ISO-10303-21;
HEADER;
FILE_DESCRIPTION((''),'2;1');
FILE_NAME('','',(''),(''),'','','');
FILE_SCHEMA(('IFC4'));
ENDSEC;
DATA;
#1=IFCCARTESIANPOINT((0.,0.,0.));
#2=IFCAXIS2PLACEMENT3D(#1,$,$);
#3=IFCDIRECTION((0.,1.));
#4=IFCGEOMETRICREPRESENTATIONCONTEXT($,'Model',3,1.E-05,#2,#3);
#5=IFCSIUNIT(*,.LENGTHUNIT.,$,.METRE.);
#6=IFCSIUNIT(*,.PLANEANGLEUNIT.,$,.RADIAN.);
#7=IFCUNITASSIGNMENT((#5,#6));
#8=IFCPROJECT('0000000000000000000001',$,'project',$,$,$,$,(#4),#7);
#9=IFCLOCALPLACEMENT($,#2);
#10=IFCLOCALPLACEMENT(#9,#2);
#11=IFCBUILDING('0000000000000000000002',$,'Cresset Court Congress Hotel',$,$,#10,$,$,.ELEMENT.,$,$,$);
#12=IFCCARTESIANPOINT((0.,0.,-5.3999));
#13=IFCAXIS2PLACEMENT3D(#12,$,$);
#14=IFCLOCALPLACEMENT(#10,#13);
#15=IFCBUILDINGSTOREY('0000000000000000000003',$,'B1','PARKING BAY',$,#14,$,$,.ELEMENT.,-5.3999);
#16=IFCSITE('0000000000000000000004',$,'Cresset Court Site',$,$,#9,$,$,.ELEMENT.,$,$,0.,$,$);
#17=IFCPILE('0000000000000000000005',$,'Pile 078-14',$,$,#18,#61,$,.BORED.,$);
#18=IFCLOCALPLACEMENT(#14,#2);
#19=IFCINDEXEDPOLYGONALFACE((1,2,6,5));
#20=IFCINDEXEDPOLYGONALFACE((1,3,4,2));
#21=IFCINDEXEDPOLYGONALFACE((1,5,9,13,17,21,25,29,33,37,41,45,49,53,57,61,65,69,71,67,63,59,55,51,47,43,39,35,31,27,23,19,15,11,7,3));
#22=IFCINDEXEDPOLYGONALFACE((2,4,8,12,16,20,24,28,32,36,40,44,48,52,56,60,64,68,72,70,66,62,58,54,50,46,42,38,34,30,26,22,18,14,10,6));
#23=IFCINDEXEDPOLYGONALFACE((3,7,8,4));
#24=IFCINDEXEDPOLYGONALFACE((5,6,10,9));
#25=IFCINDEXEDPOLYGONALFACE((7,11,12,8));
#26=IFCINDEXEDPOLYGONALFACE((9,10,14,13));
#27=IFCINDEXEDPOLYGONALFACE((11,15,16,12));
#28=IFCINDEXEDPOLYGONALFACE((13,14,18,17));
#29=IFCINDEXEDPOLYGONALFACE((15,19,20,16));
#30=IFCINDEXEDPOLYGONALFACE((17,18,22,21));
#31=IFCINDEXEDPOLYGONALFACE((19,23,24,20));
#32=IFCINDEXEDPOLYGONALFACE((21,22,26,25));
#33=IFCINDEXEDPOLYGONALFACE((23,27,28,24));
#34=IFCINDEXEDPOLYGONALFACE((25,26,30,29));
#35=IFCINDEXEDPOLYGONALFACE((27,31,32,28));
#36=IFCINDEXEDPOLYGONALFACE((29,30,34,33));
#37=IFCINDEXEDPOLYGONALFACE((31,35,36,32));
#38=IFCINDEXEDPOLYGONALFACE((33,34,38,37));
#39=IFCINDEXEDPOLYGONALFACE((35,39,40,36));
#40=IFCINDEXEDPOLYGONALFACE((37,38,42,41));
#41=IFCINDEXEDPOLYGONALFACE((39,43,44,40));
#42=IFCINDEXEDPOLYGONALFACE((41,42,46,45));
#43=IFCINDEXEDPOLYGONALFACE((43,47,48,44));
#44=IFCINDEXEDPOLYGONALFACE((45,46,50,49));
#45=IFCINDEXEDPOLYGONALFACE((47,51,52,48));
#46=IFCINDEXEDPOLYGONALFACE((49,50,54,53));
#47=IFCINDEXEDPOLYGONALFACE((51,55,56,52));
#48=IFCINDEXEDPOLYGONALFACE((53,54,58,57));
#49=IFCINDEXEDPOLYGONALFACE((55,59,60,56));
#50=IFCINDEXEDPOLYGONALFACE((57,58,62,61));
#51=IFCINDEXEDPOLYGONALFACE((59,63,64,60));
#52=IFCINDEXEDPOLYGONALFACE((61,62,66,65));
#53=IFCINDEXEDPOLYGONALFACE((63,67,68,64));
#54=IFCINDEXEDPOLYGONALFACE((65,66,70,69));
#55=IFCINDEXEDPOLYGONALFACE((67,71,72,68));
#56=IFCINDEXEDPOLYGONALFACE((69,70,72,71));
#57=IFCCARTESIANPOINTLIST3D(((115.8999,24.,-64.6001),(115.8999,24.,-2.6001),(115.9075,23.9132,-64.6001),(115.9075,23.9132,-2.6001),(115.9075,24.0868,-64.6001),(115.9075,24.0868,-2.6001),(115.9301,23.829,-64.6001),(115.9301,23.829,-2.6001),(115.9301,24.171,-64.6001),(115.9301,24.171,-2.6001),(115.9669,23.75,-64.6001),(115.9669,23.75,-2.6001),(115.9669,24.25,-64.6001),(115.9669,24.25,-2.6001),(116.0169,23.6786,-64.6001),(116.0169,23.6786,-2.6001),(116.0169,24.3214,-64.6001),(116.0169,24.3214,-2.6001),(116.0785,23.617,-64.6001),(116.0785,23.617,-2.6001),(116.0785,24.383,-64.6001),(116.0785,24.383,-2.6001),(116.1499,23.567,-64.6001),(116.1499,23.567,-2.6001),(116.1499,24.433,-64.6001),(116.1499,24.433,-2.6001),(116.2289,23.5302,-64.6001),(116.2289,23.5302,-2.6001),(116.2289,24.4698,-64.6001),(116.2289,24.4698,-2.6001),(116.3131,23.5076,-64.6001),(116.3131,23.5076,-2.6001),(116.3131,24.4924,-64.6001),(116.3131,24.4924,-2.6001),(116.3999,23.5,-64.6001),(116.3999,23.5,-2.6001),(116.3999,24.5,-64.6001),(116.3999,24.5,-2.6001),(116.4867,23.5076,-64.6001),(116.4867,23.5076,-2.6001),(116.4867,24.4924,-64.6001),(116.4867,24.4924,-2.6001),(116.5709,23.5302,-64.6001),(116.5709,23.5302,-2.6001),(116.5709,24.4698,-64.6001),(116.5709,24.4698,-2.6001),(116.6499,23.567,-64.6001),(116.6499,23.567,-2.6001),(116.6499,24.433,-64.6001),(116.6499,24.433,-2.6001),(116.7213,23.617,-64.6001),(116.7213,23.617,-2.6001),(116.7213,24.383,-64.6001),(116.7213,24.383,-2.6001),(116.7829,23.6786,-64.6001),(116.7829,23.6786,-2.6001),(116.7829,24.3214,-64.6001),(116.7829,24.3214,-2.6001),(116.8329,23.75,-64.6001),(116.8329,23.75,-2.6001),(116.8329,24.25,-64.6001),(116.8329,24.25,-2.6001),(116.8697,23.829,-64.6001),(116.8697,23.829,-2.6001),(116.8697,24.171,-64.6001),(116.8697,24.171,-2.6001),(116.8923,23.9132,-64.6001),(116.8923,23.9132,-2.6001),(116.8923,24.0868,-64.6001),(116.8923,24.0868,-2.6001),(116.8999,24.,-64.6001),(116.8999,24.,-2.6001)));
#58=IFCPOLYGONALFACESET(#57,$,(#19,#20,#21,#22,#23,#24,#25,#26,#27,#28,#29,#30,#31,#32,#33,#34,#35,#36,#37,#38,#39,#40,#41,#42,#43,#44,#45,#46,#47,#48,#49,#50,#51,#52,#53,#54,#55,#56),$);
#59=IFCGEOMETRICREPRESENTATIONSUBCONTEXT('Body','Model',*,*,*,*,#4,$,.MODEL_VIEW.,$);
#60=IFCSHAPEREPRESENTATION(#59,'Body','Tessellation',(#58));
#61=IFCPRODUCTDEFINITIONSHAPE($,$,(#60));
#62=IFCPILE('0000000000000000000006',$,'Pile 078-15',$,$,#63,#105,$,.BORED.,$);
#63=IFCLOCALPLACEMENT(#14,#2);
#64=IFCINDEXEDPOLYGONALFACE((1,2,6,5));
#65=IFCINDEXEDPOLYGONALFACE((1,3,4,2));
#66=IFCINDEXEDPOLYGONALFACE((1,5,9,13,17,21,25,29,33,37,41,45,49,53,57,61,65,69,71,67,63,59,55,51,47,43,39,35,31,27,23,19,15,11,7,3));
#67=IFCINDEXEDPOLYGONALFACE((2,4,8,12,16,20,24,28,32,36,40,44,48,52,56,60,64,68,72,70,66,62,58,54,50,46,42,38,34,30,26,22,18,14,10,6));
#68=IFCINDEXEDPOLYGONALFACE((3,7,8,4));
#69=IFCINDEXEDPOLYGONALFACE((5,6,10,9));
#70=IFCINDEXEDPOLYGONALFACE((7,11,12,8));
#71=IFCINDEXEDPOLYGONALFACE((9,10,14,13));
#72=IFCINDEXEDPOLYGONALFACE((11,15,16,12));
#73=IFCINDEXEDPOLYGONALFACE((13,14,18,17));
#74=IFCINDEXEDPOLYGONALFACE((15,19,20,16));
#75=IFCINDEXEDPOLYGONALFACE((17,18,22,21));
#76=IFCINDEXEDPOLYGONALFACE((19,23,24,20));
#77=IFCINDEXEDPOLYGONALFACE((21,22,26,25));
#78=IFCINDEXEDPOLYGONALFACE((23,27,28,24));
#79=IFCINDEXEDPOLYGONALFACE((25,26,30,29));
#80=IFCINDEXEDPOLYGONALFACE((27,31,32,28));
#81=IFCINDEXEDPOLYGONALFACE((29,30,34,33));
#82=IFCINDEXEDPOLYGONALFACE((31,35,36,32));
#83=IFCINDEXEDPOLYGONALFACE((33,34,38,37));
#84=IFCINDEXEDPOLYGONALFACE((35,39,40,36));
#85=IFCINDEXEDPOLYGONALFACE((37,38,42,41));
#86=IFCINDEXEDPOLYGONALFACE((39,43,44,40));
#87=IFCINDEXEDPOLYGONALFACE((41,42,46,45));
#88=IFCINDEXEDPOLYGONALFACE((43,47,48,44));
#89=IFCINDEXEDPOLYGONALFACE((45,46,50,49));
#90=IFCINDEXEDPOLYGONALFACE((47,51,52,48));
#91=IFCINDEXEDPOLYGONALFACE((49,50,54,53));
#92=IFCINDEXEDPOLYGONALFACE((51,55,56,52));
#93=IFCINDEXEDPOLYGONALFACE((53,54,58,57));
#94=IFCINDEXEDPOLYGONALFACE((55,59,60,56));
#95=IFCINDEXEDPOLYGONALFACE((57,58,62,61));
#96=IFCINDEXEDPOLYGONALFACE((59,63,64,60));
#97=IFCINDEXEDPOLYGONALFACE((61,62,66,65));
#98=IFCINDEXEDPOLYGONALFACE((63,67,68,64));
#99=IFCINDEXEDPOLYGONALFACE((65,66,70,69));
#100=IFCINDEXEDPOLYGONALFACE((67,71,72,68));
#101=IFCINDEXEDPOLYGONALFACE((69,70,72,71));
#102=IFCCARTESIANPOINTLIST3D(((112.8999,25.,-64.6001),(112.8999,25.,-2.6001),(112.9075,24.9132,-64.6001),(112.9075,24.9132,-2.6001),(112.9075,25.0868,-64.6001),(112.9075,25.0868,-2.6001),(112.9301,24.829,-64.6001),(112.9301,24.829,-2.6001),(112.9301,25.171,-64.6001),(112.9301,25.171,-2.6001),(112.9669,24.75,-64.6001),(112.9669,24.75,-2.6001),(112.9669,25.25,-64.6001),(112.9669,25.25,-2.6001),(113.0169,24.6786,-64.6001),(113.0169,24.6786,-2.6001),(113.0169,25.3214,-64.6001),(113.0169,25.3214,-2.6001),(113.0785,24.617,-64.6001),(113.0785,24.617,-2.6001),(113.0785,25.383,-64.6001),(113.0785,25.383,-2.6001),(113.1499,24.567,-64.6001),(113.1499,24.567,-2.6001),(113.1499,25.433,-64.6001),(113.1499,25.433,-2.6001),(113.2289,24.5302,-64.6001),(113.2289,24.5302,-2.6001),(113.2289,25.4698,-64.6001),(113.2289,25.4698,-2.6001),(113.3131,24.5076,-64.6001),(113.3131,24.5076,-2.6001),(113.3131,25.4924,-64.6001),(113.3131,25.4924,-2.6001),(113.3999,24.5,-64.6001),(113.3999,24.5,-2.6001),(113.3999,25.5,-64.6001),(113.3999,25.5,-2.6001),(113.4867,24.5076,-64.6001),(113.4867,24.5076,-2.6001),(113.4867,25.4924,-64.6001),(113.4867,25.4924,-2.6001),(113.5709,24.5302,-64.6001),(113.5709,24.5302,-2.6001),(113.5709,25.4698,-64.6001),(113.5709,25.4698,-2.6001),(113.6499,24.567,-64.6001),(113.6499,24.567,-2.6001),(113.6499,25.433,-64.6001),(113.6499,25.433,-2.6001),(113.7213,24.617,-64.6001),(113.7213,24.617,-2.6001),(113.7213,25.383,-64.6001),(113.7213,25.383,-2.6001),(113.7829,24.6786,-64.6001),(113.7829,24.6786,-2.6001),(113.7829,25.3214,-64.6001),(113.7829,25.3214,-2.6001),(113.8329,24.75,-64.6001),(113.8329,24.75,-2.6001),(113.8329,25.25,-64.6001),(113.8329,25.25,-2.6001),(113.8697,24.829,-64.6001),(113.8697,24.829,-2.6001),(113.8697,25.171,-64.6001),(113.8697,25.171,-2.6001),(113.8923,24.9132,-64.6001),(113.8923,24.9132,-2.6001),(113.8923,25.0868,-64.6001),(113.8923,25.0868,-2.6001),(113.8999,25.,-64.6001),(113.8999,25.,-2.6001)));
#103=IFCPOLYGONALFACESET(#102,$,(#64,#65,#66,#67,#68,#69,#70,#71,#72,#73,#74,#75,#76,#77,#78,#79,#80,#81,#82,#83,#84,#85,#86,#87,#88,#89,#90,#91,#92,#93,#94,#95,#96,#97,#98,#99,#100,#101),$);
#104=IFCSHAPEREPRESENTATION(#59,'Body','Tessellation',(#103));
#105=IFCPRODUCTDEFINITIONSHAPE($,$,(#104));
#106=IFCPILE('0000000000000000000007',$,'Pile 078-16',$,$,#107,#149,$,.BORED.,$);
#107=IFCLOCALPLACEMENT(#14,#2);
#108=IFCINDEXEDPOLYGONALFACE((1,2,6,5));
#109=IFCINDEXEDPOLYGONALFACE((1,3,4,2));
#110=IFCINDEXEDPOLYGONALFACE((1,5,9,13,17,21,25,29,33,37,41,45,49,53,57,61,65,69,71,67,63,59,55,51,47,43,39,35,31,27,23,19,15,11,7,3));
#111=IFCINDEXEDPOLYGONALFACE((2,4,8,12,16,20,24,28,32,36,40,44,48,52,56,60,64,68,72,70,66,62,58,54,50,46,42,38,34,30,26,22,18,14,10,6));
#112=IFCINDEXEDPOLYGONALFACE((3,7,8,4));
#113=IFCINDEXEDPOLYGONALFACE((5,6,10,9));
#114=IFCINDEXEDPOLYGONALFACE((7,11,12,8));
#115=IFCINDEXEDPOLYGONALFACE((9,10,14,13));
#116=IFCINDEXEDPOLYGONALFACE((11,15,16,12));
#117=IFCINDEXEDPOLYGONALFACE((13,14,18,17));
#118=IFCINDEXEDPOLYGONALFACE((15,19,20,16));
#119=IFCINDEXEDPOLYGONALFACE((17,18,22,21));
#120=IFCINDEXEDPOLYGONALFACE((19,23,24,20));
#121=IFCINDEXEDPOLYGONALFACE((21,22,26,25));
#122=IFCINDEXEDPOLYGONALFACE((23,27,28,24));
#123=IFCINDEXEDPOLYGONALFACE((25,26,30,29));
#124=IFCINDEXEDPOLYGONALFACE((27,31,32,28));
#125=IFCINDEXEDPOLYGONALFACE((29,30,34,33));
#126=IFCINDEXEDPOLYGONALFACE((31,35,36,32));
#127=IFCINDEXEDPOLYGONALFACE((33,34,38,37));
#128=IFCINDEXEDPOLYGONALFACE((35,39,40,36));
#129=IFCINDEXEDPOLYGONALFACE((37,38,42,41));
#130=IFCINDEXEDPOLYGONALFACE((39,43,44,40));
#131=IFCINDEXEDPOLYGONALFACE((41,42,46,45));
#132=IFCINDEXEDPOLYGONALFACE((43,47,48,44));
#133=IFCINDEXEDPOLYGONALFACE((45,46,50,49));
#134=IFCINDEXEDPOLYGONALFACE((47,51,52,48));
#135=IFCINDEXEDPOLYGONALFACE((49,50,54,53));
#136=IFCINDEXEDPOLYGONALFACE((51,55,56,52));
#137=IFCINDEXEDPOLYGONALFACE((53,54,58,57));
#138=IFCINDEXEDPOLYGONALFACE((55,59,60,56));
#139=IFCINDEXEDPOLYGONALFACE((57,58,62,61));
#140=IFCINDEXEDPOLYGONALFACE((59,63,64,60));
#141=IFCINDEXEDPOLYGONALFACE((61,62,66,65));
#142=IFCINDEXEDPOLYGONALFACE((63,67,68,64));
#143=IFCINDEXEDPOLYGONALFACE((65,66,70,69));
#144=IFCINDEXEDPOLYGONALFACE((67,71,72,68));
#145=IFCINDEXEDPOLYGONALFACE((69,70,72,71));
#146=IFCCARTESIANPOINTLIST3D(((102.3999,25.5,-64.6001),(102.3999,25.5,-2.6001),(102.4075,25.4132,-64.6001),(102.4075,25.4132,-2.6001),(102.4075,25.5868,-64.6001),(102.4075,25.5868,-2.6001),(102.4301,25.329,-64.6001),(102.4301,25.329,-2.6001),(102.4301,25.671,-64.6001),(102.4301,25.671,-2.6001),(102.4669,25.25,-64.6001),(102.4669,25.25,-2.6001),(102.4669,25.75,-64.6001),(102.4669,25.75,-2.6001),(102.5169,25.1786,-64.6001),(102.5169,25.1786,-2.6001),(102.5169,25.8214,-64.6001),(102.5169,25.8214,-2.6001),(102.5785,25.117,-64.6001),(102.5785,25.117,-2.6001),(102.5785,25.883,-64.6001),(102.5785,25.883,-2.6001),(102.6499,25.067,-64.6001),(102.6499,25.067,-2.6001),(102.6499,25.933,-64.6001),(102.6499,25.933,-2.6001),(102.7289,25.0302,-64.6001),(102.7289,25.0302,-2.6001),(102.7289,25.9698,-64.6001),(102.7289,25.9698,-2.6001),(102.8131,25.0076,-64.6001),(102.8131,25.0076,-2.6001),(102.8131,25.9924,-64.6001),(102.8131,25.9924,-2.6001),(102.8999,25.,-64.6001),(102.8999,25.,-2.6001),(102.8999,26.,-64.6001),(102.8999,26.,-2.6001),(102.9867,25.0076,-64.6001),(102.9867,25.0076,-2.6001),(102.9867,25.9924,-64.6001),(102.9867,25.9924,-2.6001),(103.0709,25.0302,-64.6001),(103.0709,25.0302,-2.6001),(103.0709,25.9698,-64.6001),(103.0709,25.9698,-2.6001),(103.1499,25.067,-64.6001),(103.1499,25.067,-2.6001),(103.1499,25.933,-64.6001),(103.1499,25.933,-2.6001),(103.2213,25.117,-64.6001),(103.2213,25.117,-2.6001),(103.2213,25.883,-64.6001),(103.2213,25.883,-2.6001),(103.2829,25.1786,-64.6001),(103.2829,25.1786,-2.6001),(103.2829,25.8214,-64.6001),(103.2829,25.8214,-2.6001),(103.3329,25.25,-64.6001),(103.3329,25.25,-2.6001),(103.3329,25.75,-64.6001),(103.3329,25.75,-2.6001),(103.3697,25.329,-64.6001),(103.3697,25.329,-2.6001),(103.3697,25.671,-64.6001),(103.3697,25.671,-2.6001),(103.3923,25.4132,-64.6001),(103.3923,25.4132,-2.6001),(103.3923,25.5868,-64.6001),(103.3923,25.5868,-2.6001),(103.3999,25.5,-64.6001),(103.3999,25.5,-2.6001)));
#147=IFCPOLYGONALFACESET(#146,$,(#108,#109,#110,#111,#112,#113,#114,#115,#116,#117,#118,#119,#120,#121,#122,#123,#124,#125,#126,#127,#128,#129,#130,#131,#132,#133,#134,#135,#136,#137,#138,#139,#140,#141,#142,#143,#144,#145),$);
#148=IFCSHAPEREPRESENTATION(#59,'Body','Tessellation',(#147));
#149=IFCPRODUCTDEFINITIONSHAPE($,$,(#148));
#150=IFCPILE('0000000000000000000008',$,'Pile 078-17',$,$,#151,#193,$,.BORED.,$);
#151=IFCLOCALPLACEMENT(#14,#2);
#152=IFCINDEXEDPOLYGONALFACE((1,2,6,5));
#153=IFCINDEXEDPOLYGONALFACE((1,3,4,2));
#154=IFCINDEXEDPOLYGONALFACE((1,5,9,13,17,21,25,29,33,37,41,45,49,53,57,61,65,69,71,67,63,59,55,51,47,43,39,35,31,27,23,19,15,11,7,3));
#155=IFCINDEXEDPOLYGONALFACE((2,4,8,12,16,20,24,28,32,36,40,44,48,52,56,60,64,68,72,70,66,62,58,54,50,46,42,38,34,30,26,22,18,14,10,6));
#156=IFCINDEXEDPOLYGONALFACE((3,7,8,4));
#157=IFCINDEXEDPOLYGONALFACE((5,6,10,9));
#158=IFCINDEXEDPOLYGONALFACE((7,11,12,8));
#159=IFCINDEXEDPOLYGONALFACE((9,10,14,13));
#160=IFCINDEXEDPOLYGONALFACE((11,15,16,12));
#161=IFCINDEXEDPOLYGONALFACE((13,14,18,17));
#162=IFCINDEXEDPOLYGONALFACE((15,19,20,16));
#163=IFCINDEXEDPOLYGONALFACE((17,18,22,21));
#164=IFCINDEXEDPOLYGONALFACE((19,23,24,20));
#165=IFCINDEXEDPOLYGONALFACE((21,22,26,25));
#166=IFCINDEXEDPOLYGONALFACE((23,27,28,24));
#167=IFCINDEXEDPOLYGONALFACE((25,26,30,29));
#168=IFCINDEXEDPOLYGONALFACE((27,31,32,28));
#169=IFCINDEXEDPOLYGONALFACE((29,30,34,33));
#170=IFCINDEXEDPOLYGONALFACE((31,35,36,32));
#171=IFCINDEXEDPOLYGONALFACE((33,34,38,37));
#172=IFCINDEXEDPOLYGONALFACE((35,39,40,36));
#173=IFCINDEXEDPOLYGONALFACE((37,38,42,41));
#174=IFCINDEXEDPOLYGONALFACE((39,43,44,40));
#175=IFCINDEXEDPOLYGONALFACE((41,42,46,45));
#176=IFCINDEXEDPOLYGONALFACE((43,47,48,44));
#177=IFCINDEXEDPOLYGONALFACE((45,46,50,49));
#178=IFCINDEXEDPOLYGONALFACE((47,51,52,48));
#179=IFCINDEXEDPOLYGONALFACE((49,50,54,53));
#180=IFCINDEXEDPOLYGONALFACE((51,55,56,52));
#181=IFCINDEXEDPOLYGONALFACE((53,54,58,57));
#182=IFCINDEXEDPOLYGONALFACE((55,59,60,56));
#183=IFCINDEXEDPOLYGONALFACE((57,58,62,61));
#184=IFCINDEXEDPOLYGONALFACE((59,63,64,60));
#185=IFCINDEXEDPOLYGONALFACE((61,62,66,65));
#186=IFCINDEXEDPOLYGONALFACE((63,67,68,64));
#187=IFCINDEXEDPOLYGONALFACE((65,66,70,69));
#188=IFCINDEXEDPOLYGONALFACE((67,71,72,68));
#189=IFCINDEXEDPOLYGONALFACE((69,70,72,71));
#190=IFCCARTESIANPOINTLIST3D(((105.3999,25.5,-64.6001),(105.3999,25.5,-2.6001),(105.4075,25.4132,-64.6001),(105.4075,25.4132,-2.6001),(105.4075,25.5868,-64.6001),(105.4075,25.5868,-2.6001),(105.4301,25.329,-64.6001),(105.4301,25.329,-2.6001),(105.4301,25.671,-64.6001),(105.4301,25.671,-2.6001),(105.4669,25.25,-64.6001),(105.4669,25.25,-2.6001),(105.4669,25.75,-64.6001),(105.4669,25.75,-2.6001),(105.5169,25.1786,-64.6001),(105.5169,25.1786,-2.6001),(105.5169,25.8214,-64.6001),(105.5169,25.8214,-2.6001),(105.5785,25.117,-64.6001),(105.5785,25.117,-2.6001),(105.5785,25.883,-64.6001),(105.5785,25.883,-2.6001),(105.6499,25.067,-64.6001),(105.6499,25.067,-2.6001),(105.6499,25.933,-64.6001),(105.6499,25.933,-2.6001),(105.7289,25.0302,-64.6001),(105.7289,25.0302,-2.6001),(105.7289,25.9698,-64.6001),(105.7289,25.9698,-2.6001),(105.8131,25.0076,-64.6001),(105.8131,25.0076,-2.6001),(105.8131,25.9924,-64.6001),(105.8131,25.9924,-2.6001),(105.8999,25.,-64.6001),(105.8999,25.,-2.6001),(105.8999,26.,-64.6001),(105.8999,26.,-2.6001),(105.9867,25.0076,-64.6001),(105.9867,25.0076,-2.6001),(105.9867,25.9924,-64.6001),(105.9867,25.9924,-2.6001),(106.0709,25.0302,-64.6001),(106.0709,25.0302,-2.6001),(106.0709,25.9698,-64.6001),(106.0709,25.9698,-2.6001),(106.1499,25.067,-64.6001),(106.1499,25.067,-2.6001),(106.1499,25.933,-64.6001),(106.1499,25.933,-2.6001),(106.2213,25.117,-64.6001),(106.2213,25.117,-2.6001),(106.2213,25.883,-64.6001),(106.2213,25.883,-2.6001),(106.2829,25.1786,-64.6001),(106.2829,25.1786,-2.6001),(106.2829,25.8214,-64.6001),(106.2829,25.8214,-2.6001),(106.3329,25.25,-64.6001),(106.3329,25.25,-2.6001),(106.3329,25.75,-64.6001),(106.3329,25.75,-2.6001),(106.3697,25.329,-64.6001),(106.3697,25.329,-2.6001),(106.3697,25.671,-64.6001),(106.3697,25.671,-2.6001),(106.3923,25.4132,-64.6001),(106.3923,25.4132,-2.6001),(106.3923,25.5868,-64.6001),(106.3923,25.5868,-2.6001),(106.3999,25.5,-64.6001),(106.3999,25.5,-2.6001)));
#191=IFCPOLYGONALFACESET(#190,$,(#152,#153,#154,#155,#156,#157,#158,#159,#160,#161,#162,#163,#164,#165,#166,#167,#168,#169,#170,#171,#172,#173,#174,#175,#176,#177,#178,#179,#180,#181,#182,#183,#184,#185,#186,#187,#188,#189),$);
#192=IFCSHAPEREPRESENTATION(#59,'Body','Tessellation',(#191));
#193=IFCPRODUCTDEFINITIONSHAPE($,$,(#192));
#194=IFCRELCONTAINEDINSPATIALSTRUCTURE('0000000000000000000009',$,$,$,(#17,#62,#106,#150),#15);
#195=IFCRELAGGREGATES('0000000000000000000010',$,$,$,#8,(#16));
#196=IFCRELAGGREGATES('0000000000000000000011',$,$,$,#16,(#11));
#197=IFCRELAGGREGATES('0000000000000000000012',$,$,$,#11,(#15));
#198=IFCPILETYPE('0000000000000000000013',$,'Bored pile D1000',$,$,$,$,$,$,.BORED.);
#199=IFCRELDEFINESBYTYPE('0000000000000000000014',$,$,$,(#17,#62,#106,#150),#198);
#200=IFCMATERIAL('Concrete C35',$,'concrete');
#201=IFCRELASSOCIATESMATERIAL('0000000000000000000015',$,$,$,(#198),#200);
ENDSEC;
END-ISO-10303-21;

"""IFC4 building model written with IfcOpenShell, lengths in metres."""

from ifc_helpers import new_model, si_unit, direction, frame, origin, origin_2d, place, context, subcontext, project, spatial, circle, extrude, material, type_object, element, save


model = new_model("IFC4")

# Units and contexts
model_context = context("Model", 3, precision=1e-05, world=origin(), true_north=direction((0.0, 1.0)))
body_context = subcontext(model_context, "Body", "Model", "MODEL_VIEW")
ifc_project = project(units=[si_unit("LENGTHUNIT", "METRE"), si_unit("PLANEANGLEUNIT", "RADIAN")], contexts=[model_context])

# Site, building, storey
site_placement = place(None, origin())
site = spatial("IfcSite", under=ifc_project, at=site_placement, Name="Cresset Court Site", CompositionType="ELEMENT", RefElevation=0.0)
building_placement = place(site_placement, origin())
building = spatial("IfcBuilding", under=site, at=building_placement, Name="Cresset Court Congress Hotel", CompositionType="ELEMENT")
storey_placement = place(building_placement, frame((0.0, 0.0, -5.3999)))
storey = spatial("IfcBuildingStorey", under=building, at=storey_placement, Name="B1", Description="PARKING BAY", CompositionType="ELEMENT", Elevation=-5.3999)

# Piles
ifc_material_1 = material(Name="Concrete C35", Category="concrete")
pile_type = type_object("IfcPileType", Name="Bored pile D1000", PredefinedType="BORED", material=ifc_material_1)
for number, where, z_axis, x_axis, name in (
    (1, (116.3999, 24.0, -2.6001), (0.0, 0.0, -1.0), (1.0, 0.0, 0.0), "Pile 078-14"),
    (2, (113.3999, 25.0, -2.6001), (0.0, 0.0, -1.0), (1.0, 0.0, 0.0), "Pile 078-15"),
    (3, (102.8999, 25.5, -2.6001), (0.0, 0.0, -1.0), (1.0, 0.0, 0.0), "Pile 078-16"),
    (4, (105.8999, 25.5, -2.6001), (0.0, 0.0, -1.0), (1.0, 0.0, 0.0), "Pile 078-17"),
):
    element("IfcPile", number, at=place(storey_placement, frame(where, z_axis=z_axis, x_axis=x_axis)), inside=storey, type_object=pile_type, Name=name, PredefinedType="BORED", context=body_context, shape_type="SweptSolid", body=[
        extrude(circle(Radius=0.5, at=origin_2d()), origin(), (0.0, 0.0, 1.0), 62.0),
    ])

save(model, "model.ifc")
